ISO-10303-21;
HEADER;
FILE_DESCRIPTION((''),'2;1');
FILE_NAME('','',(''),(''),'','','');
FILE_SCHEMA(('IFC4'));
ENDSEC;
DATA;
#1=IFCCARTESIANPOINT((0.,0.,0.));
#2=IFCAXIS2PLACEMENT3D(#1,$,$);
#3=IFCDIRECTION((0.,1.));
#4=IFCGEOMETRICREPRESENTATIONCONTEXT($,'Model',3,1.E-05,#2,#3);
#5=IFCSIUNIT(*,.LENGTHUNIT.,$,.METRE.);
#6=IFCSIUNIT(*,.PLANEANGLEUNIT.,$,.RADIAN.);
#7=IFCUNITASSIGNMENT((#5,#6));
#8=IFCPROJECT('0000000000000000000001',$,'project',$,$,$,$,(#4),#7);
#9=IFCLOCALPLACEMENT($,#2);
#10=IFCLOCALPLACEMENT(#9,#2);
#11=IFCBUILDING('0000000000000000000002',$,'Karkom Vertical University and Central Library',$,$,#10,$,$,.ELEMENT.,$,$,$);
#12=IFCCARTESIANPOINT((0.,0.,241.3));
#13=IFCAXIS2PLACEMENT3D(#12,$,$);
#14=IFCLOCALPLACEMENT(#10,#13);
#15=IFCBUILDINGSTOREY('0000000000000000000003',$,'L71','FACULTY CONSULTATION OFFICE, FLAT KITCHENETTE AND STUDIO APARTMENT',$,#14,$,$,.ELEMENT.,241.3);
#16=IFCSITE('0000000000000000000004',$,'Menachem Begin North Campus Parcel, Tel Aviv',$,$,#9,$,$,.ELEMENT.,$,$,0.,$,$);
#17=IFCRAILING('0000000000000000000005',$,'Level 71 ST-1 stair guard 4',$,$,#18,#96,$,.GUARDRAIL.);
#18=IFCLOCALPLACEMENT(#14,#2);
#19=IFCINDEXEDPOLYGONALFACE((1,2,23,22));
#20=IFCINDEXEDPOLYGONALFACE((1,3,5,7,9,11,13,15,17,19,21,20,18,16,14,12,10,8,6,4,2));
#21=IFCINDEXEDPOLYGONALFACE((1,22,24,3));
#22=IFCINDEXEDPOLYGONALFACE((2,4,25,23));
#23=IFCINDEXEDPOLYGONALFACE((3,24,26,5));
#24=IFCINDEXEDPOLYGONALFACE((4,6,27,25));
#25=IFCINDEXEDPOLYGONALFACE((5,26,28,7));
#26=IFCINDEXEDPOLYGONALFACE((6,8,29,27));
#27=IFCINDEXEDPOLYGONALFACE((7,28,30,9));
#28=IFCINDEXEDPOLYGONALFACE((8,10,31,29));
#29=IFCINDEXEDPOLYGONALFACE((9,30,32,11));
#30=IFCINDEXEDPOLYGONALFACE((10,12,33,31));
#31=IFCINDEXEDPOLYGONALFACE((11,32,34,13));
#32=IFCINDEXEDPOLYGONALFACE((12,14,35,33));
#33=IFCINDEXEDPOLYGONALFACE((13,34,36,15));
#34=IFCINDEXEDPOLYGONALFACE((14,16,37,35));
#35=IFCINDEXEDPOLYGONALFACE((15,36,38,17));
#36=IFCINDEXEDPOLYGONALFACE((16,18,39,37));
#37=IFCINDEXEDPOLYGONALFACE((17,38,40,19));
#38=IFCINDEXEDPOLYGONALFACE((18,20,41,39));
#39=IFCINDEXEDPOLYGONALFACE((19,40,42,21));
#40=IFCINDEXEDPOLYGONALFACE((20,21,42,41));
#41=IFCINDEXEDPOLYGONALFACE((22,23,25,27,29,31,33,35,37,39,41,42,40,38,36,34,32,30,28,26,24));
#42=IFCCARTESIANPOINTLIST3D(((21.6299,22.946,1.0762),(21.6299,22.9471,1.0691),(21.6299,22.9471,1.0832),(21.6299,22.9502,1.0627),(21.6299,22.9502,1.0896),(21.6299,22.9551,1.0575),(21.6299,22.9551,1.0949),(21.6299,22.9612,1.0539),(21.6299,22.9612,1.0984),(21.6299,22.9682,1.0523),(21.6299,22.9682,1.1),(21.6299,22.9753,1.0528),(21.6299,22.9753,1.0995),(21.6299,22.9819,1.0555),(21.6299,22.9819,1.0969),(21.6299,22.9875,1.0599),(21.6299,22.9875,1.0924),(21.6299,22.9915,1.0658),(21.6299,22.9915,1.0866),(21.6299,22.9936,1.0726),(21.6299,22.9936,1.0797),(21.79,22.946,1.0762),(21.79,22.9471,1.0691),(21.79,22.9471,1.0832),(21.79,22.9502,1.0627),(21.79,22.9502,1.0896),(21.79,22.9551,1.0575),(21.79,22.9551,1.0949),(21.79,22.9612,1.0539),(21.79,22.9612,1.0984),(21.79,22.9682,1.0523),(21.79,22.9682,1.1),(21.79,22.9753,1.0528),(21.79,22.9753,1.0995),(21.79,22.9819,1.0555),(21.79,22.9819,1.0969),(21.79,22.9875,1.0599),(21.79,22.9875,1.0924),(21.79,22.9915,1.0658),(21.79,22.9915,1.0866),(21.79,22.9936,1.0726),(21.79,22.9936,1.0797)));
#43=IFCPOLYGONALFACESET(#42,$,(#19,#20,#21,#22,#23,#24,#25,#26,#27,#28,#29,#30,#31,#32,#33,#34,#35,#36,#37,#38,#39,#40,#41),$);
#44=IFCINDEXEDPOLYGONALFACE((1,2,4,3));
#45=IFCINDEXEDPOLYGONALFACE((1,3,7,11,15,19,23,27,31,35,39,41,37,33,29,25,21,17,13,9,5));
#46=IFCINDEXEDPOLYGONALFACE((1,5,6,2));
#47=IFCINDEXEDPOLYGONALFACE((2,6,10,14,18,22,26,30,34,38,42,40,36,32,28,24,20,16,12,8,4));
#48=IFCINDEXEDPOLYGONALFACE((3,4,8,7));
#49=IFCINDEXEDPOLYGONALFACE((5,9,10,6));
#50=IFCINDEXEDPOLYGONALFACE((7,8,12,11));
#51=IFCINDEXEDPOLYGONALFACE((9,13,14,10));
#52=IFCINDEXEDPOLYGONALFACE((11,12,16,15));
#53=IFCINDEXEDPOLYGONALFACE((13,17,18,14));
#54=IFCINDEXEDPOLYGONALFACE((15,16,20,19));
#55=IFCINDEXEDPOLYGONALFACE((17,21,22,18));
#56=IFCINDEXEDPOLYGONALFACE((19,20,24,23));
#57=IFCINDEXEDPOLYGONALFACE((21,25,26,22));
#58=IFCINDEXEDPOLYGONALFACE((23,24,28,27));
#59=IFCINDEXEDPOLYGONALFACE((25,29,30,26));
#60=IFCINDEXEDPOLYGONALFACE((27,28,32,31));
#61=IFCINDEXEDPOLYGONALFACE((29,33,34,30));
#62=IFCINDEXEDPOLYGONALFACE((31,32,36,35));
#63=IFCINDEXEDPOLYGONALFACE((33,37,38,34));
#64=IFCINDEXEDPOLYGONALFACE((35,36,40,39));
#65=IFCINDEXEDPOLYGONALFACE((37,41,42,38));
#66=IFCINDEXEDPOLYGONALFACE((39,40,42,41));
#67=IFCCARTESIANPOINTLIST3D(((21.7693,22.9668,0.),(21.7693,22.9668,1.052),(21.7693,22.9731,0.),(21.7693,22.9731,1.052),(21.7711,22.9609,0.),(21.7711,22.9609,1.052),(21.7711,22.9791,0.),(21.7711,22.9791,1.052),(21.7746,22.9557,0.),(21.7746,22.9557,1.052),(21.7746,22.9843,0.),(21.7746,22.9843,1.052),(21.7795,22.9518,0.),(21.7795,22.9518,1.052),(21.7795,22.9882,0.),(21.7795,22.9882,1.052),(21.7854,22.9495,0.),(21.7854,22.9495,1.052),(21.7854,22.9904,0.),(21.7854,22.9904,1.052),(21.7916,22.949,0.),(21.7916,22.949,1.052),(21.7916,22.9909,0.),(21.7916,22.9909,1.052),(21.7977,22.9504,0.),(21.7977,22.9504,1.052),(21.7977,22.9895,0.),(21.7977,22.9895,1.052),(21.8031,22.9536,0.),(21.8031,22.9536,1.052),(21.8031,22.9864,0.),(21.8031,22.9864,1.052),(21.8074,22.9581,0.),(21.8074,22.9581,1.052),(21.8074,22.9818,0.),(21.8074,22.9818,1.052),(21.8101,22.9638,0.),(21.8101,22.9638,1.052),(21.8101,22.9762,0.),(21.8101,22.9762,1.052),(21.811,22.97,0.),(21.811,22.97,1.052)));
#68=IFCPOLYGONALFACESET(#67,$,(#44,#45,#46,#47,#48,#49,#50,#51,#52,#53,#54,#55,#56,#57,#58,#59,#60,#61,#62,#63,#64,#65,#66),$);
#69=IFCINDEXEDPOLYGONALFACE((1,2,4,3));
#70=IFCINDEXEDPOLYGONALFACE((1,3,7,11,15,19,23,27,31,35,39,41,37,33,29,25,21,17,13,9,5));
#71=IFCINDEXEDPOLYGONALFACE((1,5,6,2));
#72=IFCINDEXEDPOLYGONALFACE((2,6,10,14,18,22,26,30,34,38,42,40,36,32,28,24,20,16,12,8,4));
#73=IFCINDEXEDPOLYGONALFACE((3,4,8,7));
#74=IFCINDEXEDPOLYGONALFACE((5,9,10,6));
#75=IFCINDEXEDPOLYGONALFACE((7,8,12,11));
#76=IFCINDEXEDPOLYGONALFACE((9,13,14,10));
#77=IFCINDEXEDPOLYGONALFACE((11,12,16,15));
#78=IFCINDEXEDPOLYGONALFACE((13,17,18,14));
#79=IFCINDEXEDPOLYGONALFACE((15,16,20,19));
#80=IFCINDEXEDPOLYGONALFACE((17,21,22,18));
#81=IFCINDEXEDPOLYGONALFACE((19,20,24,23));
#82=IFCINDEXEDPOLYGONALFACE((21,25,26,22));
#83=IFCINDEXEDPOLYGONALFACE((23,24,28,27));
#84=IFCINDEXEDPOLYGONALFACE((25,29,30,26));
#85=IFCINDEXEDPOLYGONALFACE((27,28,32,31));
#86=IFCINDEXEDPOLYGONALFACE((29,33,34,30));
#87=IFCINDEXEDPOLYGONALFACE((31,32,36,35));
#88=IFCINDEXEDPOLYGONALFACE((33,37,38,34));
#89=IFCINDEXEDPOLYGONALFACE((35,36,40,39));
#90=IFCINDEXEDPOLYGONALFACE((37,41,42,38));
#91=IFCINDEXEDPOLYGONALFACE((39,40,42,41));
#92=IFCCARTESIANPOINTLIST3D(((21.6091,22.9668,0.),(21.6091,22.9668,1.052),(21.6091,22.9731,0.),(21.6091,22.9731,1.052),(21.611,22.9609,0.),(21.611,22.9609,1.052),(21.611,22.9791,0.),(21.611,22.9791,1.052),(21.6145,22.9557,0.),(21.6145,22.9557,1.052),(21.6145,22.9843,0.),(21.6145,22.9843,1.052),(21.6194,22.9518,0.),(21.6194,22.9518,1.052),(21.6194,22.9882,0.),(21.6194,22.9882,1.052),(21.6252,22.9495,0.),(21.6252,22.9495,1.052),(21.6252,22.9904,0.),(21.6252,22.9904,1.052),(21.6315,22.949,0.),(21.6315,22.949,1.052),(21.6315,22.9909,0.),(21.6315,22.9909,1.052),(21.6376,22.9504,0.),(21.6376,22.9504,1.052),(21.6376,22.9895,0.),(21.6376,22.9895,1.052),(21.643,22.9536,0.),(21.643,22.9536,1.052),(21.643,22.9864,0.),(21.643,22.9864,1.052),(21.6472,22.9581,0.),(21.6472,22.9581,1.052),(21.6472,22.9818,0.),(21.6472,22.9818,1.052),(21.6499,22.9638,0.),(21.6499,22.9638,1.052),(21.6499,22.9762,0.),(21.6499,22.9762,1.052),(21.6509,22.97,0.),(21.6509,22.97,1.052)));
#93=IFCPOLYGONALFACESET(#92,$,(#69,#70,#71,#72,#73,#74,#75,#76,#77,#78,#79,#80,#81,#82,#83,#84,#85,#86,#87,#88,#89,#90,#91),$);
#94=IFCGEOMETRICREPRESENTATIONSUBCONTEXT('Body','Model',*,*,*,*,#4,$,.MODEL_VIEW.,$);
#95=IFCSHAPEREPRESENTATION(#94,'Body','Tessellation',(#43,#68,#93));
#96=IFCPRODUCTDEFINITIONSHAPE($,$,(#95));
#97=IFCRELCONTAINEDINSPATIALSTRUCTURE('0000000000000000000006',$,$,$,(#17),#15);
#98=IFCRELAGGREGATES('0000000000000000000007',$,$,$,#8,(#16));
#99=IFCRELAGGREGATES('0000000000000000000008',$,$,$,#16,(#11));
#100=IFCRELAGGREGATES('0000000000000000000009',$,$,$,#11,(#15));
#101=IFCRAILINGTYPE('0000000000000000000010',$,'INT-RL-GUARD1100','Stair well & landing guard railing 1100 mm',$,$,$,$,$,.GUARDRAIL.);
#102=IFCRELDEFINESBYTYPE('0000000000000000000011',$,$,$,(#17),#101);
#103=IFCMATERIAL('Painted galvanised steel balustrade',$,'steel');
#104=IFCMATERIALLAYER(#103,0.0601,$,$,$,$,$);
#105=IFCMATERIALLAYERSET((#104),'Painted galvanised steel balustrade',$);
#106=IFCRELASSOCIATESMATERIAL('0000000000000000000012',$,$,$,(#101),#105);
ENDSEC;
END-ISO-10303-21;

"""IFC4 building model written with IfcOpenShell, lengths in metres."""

from ifc_helpers import new_model, si_unit, direction, frame, origin, origin_2d, place, context, subcontext, project, spatial, circle, extrude, material, layer, layer_set, type_object, element, save


model = new_model("IFC4")

# Units and contexts
model_context = context("Model", 3, precision=1e-05, world=origin(), true_north=direction((0.0, 1.0)))
body_context = subcontext(model_context, "Body", "Model", "MODEL_VIEW")
ifc_project = project(units=[si_unit("LENGTHUNIT", "METRE"), si_unit("PLANEANGLEUNIT", "RADIAN")], contexts=[model_context])

# Site, building, storey
site_placement = place(None, origin())
site = spatial("IfcSite", under=ifc_project, at=site_placement, Name="Menachem Begin North Campus Parcel, Tel Aviv", CompositionType="ELEMENT", RefElevation=0.0)
building_placement = place(site_placement, origin())
building = spatial("IfcBuilding", under=site, at=building_placement, Name="Karkom Vertical University and Central Library", CompositionType="ELEMENT")
storey_placement = place(building_placement, frame((0.0, 0.0, 241.3)))
storey = spatial("IfcBuildingStorey", under=building, at=storey_placement, Name="L71", Description="FACULTY CONSULTATION OFFICE, FLAT KITCHENETTE AND STUDIO APARTMENT", CompositionType="ELEMENT", Elevation=241.3)

# Railing
ifc_material_1 = material(Name="Painted galvanised steel balustrade", Category="steel")
ifc_layer_1 = layer(ifc_material_1, 0.0601)
ifc_layer_set_1 = layer_set([ifc_layer_1], Name="Painted galvanised steel balustrade")
railing_type_1 = type_object("IfcRailingType", Name="INT-RL-GUARD1100", Description="Stair well & landing guard railing 1100 mm", PredefinedType="GUARDRAIL", material=ifc_layer_set_1)
railing_1_placement = place(storey_placement, frame((21.79, 22.97, 0.0)))
element("IfcRailing", 1, at=railing_1_placement, inside=storey, type_object=railing_type_1, Name="Level 71 ST-1 stair guard 4", PredefinedType="GUARDRAIL", context=body_context, shape_type="SweptSolid", body=[
    extrude(circle(Radius=0.0239, at=origin_2d()), frame((0.0, 0.0, 1.0762), z_axis=(-1.0, 0.0, 0.0), x_axis=(0.0, -1.0, 0.0)), (0.0, 0.0, 1.0), 0.1602),
    extrude(circle(Radius=0.021, at=origin_2d()), origin(), (0.0, 0.0, 1.0), 1.052),
    extrude(circle(Radius=0.021, at=origin_2d()), frame((-0.1602, 0.0, 0.0)), (0.0, 0.0, 1.0), 1.052),
])

save(model, "model.ifc")
